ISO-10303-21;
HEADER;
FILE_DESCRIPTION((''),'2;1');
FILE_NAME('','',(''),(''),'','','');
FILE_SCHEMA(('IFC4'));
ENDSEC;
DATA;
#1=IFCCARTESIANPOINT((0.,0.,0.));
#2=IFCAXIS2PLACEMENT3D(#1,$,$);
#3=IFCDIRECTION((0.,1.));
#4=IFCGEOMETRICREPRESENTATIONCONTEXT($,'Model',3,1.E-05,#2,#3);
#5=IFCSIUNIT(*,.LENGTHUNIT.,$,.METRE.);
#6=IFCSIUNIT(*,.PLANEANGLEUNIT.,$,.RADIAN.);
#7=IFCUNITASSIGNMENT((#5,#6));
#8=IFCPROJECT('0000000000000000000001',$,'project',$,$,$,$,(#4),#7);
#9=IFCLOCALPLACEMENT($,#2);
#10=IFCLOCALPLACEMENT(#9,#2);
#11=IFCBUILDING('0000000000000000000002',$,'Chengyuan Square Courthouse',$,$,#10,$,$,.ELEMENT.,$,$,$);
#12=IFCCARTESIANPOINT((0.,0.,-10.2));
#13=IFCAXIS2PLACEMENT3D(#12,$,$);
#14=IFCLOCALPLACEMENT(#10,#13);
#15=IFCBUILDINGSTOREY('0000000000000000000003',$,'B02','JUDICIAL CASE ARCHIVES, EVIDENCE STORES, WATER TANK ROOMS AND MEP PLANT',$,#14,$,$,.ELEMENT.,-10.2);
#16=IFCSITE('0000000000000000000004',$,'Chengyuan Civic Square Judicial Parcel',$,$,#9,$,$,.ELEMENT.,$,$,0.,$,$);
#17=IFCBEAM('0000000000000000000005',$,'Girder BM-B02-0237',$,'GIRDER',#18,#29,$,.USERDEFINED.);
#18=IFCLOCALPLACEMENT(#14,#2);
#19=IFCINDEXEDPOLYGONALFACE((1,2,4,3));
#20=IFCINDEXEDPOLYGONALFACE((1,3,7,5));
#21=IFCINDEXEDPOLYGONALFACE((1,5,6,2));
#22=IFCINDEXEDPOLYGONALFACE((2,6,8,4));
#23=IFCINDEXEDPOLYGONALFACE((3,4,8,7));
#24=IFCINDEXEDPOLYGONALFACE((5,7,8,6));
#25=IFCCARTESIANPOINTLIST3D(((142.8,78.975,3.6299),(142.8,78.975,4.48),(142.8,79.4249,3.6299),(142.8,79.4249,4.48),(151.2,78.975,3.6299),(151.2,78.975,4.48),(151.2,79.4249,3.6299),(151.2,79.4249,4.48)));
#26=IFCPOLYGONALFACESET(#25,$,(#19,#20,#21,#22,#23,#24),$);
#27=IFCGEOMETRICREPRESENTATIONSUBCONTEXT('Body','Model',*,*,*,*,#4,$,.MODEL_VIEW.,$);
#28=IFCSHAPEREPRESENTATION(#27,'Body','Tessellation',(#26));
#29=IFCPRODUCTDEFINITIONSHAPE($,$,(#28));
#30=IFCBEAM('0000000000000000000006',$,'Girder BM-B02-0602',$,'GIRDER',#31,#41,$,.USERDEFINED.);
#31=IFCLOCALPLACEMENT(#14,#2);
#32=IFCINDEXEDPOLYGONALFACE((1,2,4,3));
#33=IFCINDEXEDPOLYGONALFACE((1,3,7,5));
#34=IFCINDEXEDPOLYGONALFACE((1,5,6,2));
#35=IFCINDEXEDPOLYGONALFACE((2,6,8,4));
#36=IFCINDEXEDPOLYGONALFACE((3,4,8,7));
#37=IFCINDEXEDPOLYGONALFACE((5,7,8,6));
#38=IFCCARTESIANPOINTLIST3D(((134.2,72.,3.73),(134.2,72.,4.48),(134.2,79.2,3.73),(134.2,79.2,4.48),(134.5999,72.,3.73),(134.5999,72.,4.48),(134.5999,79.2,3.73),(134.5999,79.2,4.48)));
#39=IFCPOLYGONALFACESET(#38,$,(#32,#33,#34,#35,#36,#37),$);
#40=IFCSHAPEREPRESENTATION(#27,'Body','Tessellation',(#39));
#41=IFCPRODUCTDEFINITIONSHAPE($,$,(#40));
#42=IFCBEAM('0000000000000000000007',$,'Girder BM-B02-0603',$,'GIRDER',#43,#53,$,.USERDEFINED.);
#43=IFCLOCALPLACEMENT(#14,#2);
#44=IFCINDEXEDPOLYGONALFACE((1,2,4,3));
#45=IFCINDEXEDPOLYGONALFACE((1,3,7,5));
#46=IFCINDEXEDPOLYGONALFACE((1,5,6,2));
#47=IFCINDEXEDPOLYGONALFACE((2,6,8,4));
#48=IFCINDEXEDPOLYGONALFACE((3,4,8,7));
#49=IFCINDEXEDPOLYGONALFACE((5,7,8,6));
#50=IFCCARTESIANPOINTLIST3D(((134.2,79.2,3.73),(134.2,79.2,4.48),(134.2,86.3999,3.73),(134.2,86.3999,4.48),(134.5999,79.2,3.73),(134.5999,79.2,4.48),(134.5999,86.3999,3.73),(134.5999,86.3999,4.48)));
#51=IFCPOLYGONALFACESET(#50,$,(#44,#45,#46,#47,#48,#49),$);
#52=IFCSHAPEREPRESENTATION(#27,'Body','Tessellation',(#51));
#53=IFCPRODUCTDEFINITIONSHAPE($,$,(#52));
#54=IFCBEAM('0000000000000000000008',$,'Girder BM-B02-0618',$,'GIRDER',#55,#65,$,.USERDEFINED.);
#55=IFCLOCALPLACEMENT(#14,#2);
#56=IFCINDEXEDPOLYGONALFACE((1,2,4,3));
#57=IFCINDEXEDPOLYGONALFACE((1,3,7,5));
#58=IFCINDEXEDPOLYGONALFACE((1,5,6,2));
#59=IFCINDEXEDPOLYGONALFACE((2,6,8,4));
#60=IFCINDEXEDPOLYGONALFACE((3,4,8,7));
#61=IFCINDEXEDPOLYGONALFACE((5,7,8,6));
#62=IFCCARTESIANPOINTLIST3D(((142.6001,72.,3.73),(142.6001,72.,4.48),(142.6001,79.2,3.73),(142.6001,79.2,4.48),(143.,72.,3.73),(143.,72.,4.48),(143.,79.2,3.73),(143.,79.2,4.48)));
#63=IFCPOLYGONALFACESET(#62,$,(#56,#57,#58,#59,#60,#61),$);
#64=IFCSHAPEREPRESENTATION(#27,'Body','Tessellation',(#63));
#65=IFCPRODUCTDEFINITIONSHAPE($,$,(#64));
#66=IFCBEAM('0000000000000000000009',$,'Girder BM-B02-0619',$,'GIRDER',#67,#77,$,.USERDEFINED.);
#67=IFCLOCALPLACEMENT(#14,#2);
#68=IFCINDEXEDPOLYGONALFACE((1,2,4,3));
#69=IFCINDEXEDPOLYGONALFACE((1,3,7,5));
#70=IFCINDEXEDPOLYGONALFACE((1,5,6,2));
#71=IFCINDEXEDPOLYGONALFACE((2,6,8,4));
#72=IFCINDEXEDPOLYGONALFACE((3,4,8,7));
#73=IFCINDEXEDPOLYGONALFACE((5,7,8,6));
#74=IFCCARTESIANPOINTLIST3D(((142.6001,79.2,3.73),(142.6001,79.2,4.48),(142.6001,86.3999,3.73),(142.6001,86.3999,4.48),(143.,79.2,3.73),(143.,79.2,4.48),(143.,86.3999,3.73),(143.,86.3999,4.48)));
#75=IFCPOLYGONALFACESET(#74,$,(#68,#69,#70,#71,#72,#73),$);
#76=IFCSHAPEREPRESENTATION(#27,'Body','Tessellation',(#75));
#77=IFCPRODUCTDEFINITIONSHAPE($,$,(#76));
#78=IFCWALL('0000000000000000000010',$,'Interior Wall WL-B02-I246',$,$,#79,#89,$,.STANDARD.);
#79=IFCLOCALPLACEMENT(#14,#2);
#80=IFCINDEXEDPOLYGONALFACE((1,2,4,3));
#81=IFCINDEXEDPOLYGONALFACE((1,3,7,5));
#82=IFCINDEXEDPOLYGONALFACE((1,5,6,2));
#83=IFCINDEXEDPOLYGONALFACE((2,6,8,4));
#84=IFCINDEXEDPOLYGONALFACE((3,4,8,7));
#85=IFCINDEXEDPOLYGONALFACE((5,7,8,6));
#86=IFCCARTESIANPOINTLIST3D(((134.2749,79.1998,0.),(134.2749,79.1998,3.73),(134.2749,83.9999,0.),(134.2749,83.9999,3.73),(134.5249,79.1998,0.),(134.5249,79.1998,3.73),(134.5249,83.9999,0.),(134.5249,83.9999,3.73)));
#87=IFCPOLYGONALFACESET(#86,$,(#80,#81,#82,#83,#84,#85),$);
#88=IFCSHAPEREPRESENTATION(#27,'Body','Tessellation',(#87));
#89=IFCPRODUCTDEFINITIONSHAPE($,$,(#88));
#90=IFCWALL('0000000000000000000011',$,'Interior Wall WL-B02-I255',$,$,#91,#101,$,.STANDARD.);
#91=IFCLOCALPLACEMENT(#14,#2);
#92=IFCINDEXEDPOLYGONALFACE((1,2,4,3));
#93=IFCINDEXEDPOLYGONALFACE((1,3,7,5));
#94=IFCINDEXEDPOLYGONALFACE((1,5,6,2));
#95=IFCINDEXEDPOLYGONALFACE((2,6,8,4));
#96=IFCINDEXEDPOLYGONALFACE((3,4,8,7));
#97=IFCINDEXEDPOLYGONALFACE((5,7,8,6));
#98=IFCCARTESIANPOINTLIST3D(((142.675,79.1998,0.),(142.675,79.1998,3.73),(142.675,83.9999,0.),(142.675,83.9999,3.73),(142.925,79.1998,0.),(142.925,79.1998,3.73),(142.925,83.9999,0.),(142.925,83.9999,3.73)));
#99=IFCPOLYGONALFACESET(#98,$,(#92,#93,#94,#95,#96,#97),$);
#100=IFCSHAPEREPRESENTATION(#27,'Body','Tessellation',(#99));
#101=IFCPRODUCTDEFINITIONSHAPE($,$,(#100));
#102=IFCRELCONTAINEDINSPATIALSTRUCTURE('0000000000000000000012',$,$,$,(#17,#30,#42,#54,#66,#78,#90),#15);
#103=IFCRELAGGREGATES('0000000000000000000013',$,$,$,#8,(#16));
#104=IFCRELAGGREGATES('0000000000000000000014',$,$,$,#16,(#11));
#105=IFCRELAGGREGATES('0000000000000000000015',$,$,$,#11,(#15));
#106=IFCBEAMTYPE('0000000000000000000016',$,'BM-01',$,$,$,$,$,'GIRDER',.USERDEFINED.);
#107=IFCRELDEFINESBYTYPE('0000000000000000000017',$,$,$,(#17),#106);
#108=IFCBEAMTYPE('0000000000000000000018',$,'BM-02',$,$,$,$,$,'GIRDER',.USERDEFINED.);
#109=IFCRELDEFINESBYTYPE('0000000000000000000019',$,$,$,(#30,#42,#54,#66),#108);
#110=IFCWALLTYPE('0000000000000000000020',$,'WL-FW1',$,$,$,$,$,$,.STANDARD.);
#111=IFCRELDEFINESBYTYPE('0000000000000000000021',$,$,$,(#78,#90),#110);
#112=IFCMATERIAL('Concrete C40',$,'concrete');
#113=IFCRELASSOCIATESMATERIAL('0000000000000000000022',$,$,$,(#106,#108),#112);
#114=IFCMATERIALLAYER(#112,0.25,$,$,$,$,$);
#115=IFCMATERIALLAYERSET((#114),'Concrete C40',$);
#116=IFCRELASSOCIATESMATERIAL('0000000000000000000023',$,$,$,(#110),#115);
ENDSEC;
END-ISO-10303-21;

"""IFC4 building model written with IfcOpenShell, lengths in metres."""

from ifc_helpers import new_model, si_unit, direction, frame, frame_2d, origin, origin_2d, place, context, subcontext, project, spatial, rectangle, extrude, material, layer, layer_set, material_profile, profile_set, type_object, element, save


model = new_model("IFC4")

# Units and contexts
model_context = context("Model", 3, precision=1e-05, world=origin(), true_north=direction((0.0, 1.0)))
body_context = subcontext(model_context, "Body", "Model", "MODEL_VIEW")
ifc_project = project(units=[si_unit("LENGTHUNIT", "METRE"), si_unit("PLANEANGLEUNIT", "RADIAN")], contexts=[model_context])

# Site, building, storey
site_placement = place(None, origin())
site = spatial("IfcSite", under=ifc_project, at=site_placement, Name="Chengyuan Civic Square Judicial Parcel", CompositionType="ELEMENT", RefElevation=0.0)
building_placement = place(site_placement, origin())
building = spatial("IfcBuilding", under=site, at=building_placement, Name="Chengyuan Square Courthouse", CompositionType="ELEMENT")
storey_placement = place(building_placement, frame((0.0, 0.0, -10.2)))
storey = spatial("IfcBuildingStorey", under=building, at=storey_placement, Name="B02", Description="JUDICIAL CASE ARCHIVES, EVIDENCE STORES, WATER TANK ROOMS AND MEP PLANT", CompositionType="ELEMENT", Elevation=-10.2)

# Shared definitions
ifc_material_1 = material(Name="Concrete C40", Category="concrete")

# Beams
ifc_material_profile_1 = material_profile(ifc_material_1, rectangle(XDim=0.45, YDim=0.8501, at=origin_2d()), Name="RC-BM-450x850")
ifc_profile_set_1 = profile_set([ifc_material_profile_1], Name="Concrete C40")
beam_type_1 = type_object("IfcBeamType", Name="BM-01", ElementType="GIRDER", PredefinedType="USERDEFINED", material=ifc_profile_set_1)
beam_1_placement = place(storey_placement, frame((142.8, 79.2, 4.0549), z_axis=(1.0, 0.0, 0.0), x_axis=(0.0, 1.0, 0.0)))
element("IfcBeam", 1, at=beam_1_placement, inside=storey, type_object=beam_type_1, Name="Girder BM-B02-0237", ObjectType="GIRDER", PredefinedType="USERDEFINED", context=body_context, shape_type="SweptSolid", body=[
    extrude(rectangle(XDim=0.45, YDim=0.8501, at=origin_2d()), origin(), (0.0, 0.0, 1.0), 8.3999),
])
ifc_material_profile_2 = material_profile(ifc_material_1, rectangle(XDim=0.3999, YDim=0.75, at=origin_2d()), Name="RC-BM-400x750")
ifc_profile_set_2 = profile_set([ifc_material_profile_2], Name="Concrete C40")
beam_type_2 = type_object("IfcBeamType", Name="BM-02", ElementType="GIRDER", PredefinedType="USERDEFINED", material=ifc_profile_set_2)
for number, where, z_axis, x_axis, name in (
    (2, (134.3999, 72.0, 4.105), (0.0, 1.0, 0.0), (-1.0, 0.0, 0.0), "Girder BM-B02-0602"),
    (3, (134.3999, 79.2, 4.105), (0.0, 1.0, 0.0), (-1.0, 0.0, 0.0), "Girder BM-B02-0603"),
    (4, (142.8, 72.0, 4.105), (0.0, 1.0, 0.0), (-1.0, 0.0, 0.0), "Girder BM-B02-0618"),
    (5, (142.8, 79.2, 4.105), (0.0, 1.0, 0.0), (-1.0, 0.0, 0.0), "Girder BM-B02-0619"),
):
    element("IfcBeam", number, at=place(storey_placement, frame(where, z_axis=z_axis, x_axis=x_axis)), inside=storey, type_object=beam_type_2, Name=name, ObjectType="GIRDER", PredefinedType="USERDEFINED", context=body_context, shape_type="SweptSolid", body=[
        extrude(rectangle(XDim=0.3999, YDim=0.75, at=origin_2d()), origin(), (0.0, 0.0, 1.0), 7.2),
    ])

# Walls
ifc_layer = layer(ifc_material_1, 0.25)
ifc_layer_set = layer_set([ifc_layer], Name="Concrete C40")
wall_type = type_object("IfcWallType", Name="WL-FW1", PredefinedType="STANDARD", material=ifc_layer_set)
for number, where, z_axis, x_axis, name in (
    (6, (134.3999, 79.2, 0.0), (0.0, 0.0, 1.0), (0.0, 1.0, 0.0), "Interior Wall WL-B02-I246"),
    (7, (142.8, 79.2, 0.0), (0.0, 0.0, 1.0), (0.0, 1.0, 0.0), "Interior Wall WL-B02-I255"),
):
    element("IfcWall", number, at=place(storey_placement, frame(where, z_axis=z_axis, x_axis=x_axis)), inside=storey, type_object=wall_type, Name=name, PredefinedType="STANDARD", context=body_context, shape_type="SweptSolid", body=[
        extrude(rectangle(XDim=4.8, YDim=0.25, at=frame_2d((2.3999, 0.0))), origin(), (0.0, 0.0, 1.0), 3.73),
    ])

save(model, "model.ifc")
